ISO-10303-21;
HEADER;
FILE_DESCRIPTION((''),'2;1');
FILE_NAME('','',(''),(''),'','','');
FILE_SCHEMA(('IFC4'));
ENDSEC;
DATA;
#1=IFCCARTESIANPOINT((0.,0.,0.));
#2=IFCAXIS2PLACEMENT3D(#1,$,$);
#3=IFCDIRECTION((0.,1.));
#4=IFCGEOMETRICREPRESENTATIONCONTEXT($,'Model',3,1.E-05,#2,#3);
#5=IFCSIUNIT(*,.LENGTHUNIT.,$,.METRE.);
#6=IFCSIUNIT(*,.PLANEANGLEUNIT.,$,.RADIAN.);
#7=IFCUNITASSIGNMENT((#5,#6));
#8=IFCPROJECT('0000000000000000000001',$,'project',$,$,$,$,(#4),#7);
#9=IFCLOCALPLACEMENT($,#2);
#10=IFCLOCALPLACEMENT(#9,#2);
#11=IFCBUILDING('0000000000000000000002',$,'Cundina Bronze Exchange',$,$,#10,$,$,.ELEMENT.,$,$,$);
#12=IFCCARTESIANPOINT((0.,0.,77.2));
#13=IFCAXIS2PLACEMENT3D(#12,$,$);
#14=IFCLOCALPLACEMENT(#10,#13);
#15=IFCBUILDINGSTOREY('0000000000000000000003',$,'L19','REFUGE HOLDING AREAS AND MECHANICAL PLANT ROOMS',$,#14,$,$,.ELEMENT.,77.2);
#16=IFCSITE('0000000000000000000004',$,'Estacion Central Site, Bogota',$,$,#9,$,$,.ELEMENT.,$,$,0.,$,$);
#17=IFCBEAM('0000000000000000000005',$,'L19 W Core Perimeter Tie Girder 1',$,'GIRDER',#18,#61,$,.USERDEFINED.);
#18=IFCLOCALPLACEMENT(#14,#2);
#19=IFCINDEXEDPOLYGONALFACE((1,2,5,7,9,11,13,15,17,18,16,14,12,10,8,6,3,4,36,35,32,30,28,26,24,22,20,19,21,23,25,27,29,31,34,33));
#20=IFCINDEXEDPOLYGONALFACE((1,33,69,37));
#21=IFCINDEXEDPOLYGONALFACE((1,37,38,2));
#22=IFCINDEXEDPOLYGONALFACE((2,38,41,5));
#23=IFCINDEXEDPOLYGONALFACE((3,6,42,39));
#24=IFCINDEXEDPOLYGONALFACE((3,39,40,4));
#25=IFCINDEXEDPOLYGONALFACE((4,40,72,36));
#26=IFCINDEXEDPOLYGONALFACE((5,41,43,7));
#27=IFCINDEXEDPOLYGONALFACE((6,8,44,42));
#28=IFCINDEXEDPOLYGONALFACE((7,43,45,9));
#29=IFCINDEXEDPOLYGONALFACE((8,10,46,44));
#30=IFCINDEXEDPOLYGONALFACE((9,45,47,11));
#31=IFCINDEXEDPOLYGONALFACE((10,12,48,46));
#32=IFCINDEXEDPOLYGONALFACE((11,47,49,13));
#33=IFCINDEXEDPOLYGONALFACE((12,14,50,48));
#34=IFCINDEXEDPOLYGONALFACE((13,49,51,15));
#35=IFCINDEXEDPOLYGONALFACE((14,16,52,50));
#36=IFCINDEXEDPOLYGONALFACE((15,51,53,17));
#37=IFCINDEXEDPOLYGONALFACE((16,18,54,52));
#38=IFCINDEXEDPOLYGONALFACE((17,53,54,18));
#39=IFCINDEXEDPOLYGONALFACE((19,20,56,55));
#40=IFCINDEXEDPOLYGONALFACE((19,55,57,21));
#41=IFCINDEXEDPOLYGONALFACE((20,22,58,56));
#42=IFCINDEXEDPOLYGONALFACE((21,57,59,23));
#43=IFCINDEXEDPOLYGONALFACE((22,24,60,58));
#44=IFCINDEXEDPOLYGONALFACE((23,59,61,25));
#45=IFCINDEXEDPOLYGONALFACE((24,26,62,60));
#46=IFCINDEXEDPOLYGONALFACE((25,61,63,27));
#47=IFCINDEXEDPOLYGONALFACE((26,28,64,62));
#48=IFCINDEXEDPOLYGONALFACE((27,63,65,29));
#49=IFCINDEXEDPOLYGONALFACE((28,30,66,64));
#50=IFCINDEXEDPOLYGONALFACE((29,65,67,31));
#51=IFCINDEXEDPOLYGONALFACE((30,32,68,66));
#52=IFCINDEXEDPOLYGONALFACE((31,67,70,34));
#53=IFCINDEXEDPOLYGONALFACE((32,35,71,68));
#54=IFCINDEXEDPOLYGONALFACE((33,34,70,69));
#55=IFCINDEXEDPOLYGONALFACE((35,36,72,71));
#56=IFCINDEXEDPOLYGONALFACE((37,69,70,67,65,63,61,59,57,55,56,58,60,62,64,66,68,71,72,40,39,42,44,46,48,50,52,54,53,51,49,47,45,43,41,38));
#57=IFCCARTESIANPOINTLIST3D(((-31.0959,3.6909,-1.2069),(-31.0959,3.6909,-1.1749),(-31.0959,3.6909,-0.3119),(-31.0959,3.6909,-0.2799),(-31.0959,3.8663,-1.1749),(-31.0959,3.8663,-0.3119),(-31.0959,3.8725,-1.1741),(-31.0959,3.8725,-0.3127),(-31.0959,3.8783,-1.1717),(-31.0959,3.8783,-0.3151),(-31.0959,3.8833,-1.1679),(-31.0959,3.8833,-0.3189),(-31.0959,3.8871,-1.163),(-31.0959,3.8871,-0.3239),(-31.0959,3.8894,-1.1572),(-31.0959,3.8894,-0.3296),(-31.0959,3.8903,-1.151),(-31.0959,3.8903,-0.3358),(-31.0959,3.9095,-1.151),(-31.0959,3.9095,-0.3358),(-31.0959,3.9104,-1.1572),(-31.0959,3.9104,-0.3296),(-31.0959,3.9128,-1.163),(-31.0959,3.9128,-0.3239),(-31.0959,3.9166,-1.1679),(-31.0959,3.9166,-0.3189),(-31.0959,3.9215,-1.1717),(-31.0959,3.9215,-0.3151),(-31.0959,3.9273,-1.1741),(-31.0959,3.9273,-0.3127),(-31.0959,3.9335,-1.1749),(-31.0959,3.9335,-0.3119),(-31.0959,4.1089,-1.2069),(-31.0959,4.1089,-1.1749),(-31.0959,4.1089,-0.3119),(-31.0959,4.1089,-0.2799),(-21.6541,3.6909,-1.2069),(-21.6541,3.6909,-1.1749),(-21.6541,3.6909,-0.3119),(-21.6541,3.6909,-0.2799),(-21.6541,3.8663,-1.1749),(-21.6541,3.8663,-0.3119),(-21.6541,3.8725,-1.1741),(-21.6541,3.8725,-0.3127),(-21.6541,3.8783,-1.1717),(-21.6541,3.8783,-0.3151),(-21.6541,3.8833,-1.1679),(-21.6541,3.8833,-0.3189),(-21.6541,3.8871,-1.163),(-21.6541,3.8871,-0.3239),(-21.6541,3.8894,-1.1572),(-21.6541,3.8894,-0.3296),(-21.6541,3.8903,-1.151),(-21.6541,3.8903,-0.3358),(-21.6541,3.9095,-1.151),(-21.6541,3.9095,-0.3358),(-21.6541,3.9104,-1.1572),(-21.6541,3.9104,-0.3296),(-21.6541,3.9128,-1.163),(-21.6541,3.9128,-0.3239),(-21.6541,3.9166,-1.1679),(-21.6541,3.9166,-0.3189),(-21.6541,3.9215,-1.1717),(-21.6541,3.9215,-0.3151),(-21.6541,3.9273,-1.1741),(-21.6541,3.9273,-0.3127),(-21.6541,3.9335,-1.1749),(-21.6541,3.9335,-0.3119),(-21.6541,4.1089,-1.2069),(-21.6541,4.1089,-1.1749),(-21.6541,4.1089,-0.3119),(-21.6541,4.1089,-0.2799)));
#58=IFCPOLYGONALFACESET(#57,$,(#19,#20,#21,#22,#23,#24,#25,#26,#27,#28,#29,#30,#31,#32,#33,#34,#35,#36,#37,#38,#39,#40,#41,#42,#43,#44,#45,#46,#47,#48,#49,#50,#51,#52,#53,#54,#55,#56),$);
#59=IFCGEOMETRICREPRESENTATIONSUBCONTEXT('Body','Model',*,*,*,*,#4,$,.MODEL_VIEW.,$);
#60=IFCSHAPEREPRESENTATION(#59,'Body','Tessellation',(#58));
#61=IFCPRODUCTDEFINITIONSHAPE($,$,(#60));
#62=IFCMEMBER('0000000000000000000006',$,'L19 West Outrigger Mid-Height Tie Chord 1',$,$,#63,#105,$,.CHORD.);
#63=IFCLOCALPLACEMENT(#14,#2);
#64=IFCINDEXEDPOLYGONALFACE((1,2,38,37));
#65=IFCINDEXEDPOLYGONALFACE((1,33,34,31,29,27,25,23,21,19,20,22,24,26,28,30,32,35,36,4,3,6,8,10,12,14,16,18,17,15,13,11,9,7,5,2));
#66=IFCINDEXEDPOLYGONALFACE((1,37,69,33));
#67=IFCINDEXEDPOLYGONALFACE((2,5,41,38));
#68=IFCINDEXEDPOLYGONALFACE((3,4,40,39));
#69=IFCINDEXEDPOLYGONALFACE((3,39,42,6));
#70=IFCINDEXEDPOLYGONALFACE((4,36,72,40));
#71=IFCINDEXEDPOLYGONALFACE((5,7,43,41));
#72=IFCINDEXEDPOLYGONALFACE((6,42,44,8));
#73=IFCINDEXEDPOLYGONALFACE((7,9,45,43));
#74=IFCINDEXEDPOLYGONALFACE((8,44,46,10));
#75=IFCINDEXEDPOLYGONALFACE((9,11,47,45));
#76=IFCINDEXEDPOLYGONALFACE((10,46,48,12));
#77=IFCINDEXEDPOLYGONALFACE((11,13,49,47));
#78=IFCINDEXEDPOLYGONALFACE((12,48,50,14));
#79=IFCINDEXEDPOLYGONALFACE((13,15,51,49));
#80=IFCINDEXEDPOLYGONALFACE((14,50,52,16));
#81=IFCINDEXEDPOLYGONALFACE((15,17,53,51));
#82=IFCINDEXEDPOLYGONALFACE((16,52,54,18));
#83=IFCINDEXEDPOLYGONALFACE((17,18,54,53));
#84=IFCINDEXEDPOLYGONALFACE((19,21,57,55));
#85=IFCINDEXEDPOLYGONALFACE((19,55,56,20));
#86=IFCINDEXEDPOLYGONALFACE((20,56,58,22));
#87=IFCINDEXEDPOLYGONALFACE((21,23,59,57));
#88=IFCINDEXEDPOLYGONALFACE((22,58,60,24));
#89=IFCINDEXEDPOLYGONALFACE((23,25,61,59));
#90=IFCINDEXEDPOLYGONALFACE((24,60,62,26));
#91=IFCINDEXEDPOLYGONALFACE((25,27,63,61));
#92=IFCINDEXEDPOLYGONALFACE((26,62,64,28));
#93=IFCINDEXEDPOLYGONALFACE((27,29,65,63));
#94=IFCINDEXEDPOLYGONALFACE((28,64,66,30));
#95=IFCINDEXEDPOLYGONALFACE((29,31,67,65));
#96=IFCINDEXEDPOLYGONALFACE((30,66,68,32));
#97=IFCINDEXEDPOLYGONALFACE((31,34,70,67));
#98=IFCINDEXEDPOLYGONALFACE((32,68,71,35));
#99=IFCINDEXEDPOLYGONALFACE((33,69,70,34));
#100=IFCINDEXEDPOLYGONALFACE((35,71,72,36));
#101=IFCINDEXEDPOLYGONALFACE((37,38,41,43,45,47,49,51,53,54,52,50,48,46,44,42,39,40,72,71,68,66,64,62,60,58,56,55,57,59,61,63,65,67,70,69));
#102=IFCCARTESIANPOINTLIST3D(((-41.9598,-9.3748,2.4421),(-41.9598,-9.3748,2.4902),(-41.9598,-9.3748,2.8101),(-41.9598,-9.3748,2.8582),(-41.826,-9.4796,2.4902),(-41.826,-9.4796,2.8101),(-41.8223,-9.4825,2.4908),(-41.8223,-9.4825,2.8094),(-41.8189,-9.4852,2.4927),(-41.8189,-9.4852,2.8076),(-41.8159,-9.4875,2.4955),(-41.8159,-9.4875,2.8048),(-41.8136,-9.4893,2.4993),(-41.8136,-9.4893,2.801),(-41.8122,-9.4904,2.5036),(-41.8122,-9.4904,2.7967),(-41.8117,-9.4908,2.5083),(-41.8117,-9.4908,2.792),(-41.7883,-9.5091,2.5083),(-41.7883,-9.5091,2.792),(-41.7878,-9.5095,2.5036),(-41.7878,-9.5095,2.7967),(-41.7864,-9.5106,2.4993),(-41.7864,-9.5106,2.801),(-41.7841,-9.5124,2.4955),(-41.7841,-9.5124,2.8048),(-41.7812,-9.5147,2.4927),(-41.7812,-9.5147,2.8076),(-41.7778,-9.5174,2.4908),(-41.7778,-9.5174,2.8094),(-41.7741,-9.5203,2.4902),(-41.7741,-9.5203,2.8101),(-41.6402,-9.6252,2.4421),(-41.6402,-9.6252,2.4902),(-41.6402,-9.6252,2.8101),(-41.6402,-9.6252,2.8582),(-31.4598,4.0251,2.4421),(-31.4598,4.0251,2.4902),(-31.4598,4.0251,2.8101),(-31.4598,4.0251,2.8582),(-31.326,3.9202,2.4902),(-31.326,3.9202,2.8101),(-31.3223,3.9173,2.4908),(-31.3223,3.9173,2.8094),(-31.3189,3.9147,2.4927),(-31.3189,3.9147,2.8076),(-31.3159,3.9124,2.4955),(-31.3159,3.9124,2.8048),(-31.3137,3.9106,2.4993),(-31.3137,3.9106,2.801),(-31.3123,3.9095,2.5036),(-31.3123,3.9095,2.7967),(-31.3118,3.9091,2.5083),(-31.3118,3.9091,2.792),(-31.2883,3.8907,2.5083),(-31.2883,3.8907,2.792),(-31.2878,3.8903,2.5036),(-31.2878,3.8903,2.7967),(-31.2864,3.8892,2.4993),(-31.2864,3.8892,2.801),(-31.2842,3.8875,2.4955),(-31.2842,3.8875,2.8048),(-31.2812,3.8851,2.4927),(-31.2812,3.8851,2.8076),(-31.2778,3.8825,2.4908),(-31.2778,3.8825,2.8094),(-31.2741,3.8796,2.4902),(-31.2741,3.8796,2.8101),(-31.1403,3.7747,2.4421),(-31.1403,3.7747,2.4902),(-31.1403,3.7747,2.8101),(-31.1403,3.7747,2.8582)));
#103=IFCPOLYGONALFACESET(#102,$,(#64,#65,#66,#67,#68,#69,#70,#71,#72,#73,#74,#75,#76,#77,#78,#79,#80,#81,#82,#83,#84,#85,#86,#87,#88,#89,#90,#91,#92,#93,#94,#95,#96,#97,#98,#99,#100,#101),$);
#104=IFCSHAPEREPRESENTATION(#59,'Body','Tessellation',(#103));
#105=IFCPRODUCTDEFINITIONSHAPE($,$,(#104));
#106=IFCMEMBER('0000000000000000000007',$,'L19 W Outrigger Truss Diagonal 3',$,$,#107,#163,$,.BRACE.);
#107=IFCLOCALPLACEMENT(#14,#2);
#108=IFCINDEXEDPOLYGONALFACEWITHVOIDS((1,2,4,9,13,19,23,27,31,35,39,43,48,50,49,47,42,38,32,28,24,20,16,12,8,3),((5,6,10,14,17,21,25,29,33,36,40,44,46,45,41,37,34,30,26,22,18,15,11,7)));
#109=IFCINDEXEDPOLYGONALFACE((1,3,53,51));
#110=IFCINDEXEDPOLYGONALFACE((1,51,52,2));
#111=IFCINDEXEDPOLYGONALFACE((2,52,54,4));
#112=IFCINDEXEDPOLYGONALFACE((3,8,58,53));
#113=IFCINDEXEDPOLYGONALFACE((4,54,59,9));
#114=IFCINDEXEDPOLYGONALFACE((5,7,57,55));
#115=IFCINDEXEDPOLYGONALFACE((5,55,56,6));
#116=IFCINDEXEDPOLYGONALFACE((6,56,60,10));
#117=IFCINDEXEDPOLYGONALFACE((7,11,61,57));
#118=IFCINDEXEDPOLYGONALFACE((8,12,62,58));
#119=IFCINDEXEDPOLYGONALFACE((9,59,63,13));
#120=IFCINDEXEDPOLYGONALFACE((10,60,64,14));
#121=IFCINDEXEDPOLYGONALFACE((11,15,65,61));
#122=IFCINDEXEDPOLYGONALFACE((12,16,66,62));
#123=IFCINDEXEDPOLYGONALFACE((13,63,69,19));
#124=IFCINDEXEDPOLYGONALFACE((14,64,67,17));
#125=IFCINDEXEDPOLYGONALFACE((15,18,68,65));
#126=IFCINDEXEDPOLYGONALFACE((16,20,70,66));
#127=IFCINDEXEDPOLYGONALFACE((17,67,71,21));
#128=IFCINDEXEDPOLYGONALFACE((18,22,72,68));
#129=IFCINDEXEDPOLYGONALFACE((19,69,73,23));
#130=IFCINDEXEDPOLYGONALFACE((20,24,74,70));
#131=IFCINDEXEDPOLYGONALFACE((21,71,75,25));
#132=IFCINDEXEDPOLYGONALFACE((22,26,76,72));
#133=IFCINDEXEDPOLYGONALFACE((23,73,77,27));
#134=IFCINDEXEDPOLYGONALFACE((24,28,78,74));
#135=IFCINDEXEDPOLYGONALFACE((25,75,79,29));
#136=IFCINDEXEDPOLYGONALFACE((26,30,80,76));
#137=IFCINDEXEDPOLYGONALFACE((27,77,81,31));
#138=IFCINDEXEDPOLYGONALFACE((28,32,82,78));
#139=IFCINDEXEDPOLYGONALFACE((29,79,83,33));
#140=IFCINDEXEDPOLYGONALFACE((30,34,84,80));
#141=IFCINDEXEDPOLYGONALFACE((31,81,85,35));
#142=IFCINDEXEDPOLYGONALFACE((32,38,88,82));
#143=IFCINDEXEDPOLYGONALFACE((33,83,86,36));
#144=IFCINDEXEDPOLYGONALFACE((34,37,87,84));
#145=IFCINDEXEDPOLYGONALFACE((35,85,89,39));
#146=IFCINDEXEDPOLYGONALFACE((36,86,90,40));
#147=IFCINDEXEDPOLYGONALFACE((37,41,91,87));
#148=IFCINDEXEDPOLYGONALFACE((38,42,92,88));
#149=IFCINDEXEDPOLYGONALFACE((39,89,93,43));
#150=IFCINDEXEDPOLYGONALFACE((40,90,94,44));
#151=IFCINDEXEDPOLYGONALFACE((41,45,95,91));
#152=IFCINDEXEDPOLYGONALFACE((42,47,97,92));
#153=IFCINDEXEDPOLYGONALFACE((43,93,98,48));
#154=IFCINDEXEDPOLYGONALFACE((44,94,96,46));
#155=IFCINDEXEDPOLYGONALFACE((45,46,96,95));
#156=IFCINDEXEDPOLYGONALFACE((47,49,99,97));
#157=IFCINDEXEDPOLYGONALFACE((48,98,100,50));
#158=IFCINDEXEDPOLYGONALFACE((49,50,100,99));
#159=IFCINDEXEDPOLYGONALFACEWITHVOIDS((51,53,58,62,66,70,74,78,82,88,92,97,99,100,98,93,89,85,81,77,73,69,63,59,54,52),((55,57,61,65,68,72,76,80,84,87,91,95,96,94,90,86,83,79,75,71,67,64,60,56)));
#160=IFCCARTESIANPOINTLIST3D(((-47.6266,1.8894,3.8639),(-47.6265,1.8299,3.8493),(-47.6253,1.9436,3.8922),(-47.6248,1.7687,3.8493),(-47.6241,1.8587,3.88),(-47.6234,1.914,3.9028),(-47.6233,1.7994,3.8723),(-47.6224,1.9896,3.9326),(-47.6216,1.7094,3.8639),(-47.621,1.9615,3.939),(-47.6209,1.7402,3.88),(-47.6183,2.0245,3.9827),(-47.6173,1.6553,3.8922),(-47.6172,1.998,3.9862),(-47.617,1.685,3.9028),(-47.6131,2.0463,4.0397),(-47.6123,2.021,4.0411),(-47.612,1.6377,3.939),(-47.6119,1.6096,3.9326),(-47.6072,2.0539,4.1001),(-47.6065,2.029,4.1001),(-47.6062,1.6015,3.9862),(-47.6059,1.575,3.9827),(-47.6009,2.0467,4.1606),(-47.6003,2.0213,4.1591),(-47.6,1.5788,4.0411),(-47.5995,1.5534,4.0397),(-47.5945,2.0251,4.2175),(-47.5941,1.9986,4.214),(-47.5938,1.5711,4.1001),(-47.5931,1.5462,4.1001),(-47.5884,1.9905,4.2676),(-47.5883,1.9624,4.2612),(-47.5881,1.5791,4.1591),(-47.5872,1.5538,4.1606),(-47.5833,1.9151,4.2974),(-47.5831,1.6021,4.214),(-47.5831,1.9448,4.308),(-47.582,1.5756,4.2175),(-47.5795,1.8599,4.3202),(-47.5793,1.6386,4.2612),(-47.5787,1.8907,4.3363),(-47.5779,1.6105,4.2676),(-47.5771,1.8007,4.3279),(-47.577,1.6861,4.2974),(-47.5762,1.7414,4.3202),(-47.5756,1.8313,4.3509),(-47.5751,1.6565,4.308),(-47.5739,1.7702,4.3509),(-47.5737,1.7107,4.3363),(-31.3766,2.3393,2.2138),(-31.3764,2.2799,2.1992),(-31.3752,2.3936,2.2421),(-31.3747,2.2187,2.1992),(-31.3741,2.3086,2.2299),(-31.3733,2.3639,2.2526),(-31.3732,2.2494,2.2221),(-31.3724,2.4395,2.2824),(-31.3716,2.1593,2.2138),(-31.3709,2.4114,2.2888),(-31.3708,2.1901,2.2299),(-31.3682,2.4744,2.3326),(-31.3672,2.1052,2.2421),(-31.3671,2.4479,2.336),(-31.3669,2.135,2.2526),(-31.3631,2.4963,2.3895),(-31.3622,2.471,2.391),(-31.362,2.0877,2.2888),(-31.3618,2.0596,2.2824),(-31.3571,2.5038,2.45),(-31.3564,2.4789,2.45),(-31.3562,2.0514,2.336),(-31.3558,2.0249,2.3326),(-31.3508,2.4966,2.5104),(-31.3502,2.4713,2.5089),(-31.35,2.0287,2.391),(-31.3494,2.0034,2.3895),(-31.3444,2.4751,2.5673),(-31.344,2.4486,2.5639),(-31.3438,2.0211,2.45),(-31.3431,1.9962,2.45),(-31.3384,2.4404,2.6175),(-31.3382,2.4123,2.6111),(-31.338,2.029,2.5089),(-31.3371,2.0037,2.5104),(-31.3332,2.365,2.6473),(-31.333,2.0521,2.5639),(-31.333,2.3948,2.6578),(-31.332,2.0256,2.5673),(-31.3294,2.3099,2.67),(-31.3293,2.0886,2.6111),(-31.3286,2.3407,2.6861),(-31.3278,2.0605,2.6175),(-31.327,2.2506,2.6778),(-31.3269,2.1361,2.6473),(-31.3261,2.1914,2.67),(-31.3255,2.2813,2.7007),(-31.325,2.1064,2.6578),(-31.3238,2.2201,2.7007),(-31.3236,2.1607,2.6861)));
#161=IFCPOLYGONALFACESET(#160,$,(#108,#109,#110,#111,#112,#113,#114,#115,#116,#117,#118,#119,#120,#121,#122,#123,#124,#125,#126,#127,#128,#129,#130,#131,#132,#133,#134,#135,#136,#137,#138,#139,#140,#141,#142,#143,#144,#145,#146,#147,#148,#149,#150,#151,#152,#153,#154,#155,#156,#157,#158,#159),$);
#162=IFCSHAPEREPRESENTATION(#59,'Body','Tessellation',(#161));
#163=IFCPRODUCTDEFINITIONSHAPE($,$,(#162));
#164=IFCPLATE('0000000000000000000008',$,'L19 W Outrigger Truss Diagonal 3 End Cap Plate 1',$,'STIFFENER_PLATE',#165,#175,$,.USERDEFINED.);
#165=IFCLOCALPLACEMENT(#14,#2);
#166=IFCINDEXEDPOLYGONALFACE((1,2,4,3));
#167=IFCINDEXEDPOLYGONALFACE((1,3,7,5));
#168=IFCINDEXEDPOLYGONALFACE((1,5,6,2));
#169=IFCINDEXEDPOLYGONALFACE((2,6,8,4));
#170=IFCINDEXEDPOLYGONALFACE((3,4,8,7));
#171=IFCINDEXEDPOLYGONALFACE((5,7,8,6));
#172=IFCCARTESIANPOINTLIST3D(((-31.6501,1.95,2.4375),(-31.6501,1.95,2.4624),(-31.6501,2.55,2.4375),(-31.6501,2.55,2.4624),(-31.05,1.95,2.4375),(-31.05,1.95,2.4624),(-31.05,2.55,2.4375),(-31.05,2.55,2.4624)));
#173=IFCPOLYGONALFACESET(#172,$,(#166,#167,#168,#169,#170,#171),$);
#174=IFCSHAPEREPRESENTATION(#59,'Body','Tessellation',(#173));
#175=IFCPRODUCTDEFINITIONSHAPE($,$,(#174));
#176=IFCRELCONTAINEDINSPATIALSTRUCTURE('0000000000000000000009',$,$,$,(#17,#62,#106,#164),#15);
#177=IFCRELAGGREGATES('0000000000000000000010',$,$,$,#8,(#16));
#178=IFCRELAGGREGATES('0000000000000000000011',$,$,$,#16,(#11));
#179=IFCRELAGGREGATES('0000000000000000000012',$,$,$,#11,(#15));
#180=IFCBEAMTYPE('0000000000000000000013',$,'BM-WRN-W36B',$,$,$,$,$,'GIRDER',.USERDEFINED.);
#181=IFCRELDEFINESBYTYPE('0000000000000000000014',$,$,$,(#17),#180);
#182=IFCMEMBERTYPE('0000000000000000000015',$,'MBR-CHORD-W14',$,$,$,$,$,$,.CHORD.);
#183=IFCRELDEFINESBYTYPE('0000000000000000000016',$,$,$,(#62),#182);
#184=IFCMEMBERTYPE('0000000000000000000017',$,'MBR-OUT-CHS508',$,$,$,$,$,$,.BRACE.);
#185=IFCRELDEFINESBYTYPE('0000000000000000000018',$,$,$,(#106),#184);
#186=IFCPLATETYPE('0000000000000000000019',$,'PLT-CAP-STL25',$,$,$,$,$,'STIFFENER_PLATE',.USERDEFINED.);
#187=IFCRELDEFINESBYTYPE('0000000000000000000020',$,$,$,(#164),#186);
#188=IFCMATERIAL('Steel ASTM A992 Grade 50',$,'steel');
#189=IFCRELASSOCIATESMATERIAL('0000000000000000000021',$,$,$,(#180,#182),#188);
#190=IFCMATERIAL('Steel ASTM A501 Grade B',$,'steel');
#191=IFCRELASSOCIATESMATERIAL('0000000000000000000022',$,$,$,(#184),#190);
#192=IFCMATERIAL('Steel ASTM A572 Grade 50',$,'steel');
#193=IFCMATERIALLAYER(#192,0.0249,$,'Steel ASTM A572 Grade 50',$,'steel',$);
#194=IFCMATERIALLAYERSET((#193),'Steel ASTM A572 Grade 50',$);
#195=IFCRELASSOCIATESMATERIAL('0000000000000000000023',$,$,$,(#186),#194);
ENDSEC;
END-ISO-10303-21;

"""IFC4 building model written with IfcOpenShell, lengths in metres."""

from ifc_helpers import new_model, si_unit, direction, frame, origin, origin_2d, place, context, subcontext, project, spatial, rectangle, hollow_circle, i_section, extrude, material, layer, layer_set, material_profile, profile_set, type_object, element, save


model = new_model("IFC4")

# Units and contexts
model_context = context("Model", 3, precision=1e-05, world=origin(), true_north=direction((0.0, 1.0)))
body_context = subcontext(model_context, "Body", "Model", "MODEL_VIEW")
ifc_project = project(units=[si_unit("LENGTHUNIT", "METRE"), si_unit("PLANEANGLEUNIT", "RADIAN")], contexts=[model_context])

# Site, building, storey
site_placement = place(None, origin())
site = spatial("IfcSite", under=ifc_project, at=site_placement, Name="Estacion Central Site, Bogota", CompositionType="ELEMENT", RefElevation=0.0)
building_placement = place(site_placement, origin())
building = spatial("IfcBuilding", under=site, at=building_placement, Name="Cundina Bronze Exchange", CompositionType="ELEMENT")
storey_placement = place(building_placement, frame((0.0, 0.0, 77.2)))
storey = spatial("IfcBuildingStorey", under=building, at=storey_placement, Name="L19", Description="REFUGE HOLDING AREAS AND MECHANICAL PLANT ROOMS", CompositionType="ELEMENT", Elevation=77.2)

# Shared definitions
ifc_material_1 = material(Name="Steel ASTM A992 Grade 50", Category="steel")

# Beam
ifc_material_profile_1 = material_profile(ifc_material_1, i_section(OverallWidth=0.418, OverallDepth=0.927, WebThickness=0.0193, FlangeThickness=0.032, FilletRadius=0.0239, at=origin_2d()), Name="W36X231", Category="steel")
ifc_profile_set_1 = profile_set([ifc_material_profile_1], Name="Steel ASTM A992 Grade 50")
beam_type_1 = type_object("IfcBeamType", Name="BM-WRN-W36B", ElementType="GIRDER", PredefinedType="USERDEFINED", material=ifc_profile_set_1)
beam_1_placement = place(storey_placement, frame((-31.0959, 3.8999, -0.7434), z_axis=(1.0, 0.0, 0.0), x_axis=(0.0, 1.0, 0.0)))
element("IfcBeam", 1, at=beam_1_placement, inside=storey, type_object=beam_type_1, Name="L19 W Core Perimeter Tie Girder 1", ObjectType="GIRDER", PredefinedType="USERDEFINED", context=body_context, shape_type="SweptSolid", body=[
    extrude(i_section(OverallWidth=0.418, OverallDepth=0.927, WebThickness=0.0193, FlangeThickness=0.032, FilletRadius=0.0239, at=origin_2d()), origin(), (0.0, 0.0, 1.0), 9.4419),
])

# Members
ifc_material_profile_2 = material_profile(ifc_material_1, i_section(OverallWidth=0.406, OverallDepth=0.416, WebThickness=0.0298, FlangeThickness=0.0481, FilletRadius=0.0181, at=origin_2d()), Name="W14X257", Category="steel")
ifc_profile_set_2 = profile_set([ifc_material_profile_2], Name="Steel ASTM A992 Grade 50")
member_type_1 = type_object("IfcMemberType", Name="MBR-CHORD-W14", PredefinedType="CHORD", material=ifc_profile_set_2)
member_1_placement = place(storey_placement, frame((-31.3, 3.8999, 2.6501), z_axis=(-0.616786, -0.787131, 0.0), x_axis=(0.787131, -0.616786, 0.0)))
element("IfcMember", 2, at=member_1_placement, inside=storey, type_object=member_type_1, Name="L19 West Outrigger Mid-Height Tie Chord 1", PredefinedType="CHORD", context=body_context, shape_type="SweptSolid", body=[
    extrude(i_section(OverallWidth=0.406, OverallDepth=0.416, WebThickness=0.0298, FlangeThickness=0.0481, FilletRadius=0.0181, at=origin_2d()), origin(), (0.0, 0.0, 1.0), 17.0237),
])
ifc_material_2 = material(Name="Steel ASTM A501 Grade B", Category="steel")
ifc_material_profile_3 = material_profile(ifc_material_2, hollow_circle(Radius=0.2539, WallThickness=0.0249, at=origin_2d()), Name="CHS508X25", Category="steel")
ifc_profile_set_3 = profile_set([ifc_material_profile_3], Name="Steel ASTM A501 Grade B")
member_type_2 = type_object("IfcMemberType", Name="MBR-OUT-CHS508", PredefinedType="BRACE", material=ifc_profile_set_3)
member_2_placement = place(storey_placement, frame((-31.3501, 2.25, 2.45), z_axis=(-0.994506, -0.027537, 0.10099), x_axis=(0.027679, -0.999617, 0.0)))
element("IfcMember", 3, at=member_2_placement, inside=storey, type_object=member_type_2, Name="L19 W Outrigger Truss Diagonal 3", PredefinedType="BRACE", context=body_context, shape_type="SweptSolid", body=[
    extrude(hollow_circle(Radius=0.2539, WallThickness=0.0249, at=origin_2d()), origin(), (0.0, 0.0, 1.0), 16.3398),
])

# Plate
ifc_material_3 = material(Name="Steel ASTM A572 Grade 50", Category="steel")
ifc_layer_1 = layer(ifc_material_3, 0.0249, Name="Steel ASTM A572 Grade 50", Category="steel")
ifc_layer_set_1 = layer_set([ifc_layer_1], Name="Steel ASTM A572 Grade 50")
plate_type = type_object("IfcPlateType", Name="PLT-CAP-STL25", ElementType="STIFFENER_PLATE", PredefinedType="USERDEFINED", material=ifc_layer_set_1)
plate_placement = place(storey_placement, frame((-31.3501, 2.25, 2.4375), z_axis=(0.0, 0.0, 1.0), x_axis=(1.0, 0.0, 0.0)))
element("IfcPlate", 4, at=plate_placement, inside=storey, type_object=plate_type, Name="L19 W Outrigger Truss Diagonal 3 End Cap Plate 1", ObjectType="STIFFENER_PLATE", PredefinedType="USERDEFINED", context=body_context, shape_type="SweptSolid", body=[
    extrude(rectangle(XDim=0.6001, YDim=0.6001, at=origin_2d()), origin(), (0.0, 0.0, 1.0), 0.0249),
])

save(model, "model.ifc")
